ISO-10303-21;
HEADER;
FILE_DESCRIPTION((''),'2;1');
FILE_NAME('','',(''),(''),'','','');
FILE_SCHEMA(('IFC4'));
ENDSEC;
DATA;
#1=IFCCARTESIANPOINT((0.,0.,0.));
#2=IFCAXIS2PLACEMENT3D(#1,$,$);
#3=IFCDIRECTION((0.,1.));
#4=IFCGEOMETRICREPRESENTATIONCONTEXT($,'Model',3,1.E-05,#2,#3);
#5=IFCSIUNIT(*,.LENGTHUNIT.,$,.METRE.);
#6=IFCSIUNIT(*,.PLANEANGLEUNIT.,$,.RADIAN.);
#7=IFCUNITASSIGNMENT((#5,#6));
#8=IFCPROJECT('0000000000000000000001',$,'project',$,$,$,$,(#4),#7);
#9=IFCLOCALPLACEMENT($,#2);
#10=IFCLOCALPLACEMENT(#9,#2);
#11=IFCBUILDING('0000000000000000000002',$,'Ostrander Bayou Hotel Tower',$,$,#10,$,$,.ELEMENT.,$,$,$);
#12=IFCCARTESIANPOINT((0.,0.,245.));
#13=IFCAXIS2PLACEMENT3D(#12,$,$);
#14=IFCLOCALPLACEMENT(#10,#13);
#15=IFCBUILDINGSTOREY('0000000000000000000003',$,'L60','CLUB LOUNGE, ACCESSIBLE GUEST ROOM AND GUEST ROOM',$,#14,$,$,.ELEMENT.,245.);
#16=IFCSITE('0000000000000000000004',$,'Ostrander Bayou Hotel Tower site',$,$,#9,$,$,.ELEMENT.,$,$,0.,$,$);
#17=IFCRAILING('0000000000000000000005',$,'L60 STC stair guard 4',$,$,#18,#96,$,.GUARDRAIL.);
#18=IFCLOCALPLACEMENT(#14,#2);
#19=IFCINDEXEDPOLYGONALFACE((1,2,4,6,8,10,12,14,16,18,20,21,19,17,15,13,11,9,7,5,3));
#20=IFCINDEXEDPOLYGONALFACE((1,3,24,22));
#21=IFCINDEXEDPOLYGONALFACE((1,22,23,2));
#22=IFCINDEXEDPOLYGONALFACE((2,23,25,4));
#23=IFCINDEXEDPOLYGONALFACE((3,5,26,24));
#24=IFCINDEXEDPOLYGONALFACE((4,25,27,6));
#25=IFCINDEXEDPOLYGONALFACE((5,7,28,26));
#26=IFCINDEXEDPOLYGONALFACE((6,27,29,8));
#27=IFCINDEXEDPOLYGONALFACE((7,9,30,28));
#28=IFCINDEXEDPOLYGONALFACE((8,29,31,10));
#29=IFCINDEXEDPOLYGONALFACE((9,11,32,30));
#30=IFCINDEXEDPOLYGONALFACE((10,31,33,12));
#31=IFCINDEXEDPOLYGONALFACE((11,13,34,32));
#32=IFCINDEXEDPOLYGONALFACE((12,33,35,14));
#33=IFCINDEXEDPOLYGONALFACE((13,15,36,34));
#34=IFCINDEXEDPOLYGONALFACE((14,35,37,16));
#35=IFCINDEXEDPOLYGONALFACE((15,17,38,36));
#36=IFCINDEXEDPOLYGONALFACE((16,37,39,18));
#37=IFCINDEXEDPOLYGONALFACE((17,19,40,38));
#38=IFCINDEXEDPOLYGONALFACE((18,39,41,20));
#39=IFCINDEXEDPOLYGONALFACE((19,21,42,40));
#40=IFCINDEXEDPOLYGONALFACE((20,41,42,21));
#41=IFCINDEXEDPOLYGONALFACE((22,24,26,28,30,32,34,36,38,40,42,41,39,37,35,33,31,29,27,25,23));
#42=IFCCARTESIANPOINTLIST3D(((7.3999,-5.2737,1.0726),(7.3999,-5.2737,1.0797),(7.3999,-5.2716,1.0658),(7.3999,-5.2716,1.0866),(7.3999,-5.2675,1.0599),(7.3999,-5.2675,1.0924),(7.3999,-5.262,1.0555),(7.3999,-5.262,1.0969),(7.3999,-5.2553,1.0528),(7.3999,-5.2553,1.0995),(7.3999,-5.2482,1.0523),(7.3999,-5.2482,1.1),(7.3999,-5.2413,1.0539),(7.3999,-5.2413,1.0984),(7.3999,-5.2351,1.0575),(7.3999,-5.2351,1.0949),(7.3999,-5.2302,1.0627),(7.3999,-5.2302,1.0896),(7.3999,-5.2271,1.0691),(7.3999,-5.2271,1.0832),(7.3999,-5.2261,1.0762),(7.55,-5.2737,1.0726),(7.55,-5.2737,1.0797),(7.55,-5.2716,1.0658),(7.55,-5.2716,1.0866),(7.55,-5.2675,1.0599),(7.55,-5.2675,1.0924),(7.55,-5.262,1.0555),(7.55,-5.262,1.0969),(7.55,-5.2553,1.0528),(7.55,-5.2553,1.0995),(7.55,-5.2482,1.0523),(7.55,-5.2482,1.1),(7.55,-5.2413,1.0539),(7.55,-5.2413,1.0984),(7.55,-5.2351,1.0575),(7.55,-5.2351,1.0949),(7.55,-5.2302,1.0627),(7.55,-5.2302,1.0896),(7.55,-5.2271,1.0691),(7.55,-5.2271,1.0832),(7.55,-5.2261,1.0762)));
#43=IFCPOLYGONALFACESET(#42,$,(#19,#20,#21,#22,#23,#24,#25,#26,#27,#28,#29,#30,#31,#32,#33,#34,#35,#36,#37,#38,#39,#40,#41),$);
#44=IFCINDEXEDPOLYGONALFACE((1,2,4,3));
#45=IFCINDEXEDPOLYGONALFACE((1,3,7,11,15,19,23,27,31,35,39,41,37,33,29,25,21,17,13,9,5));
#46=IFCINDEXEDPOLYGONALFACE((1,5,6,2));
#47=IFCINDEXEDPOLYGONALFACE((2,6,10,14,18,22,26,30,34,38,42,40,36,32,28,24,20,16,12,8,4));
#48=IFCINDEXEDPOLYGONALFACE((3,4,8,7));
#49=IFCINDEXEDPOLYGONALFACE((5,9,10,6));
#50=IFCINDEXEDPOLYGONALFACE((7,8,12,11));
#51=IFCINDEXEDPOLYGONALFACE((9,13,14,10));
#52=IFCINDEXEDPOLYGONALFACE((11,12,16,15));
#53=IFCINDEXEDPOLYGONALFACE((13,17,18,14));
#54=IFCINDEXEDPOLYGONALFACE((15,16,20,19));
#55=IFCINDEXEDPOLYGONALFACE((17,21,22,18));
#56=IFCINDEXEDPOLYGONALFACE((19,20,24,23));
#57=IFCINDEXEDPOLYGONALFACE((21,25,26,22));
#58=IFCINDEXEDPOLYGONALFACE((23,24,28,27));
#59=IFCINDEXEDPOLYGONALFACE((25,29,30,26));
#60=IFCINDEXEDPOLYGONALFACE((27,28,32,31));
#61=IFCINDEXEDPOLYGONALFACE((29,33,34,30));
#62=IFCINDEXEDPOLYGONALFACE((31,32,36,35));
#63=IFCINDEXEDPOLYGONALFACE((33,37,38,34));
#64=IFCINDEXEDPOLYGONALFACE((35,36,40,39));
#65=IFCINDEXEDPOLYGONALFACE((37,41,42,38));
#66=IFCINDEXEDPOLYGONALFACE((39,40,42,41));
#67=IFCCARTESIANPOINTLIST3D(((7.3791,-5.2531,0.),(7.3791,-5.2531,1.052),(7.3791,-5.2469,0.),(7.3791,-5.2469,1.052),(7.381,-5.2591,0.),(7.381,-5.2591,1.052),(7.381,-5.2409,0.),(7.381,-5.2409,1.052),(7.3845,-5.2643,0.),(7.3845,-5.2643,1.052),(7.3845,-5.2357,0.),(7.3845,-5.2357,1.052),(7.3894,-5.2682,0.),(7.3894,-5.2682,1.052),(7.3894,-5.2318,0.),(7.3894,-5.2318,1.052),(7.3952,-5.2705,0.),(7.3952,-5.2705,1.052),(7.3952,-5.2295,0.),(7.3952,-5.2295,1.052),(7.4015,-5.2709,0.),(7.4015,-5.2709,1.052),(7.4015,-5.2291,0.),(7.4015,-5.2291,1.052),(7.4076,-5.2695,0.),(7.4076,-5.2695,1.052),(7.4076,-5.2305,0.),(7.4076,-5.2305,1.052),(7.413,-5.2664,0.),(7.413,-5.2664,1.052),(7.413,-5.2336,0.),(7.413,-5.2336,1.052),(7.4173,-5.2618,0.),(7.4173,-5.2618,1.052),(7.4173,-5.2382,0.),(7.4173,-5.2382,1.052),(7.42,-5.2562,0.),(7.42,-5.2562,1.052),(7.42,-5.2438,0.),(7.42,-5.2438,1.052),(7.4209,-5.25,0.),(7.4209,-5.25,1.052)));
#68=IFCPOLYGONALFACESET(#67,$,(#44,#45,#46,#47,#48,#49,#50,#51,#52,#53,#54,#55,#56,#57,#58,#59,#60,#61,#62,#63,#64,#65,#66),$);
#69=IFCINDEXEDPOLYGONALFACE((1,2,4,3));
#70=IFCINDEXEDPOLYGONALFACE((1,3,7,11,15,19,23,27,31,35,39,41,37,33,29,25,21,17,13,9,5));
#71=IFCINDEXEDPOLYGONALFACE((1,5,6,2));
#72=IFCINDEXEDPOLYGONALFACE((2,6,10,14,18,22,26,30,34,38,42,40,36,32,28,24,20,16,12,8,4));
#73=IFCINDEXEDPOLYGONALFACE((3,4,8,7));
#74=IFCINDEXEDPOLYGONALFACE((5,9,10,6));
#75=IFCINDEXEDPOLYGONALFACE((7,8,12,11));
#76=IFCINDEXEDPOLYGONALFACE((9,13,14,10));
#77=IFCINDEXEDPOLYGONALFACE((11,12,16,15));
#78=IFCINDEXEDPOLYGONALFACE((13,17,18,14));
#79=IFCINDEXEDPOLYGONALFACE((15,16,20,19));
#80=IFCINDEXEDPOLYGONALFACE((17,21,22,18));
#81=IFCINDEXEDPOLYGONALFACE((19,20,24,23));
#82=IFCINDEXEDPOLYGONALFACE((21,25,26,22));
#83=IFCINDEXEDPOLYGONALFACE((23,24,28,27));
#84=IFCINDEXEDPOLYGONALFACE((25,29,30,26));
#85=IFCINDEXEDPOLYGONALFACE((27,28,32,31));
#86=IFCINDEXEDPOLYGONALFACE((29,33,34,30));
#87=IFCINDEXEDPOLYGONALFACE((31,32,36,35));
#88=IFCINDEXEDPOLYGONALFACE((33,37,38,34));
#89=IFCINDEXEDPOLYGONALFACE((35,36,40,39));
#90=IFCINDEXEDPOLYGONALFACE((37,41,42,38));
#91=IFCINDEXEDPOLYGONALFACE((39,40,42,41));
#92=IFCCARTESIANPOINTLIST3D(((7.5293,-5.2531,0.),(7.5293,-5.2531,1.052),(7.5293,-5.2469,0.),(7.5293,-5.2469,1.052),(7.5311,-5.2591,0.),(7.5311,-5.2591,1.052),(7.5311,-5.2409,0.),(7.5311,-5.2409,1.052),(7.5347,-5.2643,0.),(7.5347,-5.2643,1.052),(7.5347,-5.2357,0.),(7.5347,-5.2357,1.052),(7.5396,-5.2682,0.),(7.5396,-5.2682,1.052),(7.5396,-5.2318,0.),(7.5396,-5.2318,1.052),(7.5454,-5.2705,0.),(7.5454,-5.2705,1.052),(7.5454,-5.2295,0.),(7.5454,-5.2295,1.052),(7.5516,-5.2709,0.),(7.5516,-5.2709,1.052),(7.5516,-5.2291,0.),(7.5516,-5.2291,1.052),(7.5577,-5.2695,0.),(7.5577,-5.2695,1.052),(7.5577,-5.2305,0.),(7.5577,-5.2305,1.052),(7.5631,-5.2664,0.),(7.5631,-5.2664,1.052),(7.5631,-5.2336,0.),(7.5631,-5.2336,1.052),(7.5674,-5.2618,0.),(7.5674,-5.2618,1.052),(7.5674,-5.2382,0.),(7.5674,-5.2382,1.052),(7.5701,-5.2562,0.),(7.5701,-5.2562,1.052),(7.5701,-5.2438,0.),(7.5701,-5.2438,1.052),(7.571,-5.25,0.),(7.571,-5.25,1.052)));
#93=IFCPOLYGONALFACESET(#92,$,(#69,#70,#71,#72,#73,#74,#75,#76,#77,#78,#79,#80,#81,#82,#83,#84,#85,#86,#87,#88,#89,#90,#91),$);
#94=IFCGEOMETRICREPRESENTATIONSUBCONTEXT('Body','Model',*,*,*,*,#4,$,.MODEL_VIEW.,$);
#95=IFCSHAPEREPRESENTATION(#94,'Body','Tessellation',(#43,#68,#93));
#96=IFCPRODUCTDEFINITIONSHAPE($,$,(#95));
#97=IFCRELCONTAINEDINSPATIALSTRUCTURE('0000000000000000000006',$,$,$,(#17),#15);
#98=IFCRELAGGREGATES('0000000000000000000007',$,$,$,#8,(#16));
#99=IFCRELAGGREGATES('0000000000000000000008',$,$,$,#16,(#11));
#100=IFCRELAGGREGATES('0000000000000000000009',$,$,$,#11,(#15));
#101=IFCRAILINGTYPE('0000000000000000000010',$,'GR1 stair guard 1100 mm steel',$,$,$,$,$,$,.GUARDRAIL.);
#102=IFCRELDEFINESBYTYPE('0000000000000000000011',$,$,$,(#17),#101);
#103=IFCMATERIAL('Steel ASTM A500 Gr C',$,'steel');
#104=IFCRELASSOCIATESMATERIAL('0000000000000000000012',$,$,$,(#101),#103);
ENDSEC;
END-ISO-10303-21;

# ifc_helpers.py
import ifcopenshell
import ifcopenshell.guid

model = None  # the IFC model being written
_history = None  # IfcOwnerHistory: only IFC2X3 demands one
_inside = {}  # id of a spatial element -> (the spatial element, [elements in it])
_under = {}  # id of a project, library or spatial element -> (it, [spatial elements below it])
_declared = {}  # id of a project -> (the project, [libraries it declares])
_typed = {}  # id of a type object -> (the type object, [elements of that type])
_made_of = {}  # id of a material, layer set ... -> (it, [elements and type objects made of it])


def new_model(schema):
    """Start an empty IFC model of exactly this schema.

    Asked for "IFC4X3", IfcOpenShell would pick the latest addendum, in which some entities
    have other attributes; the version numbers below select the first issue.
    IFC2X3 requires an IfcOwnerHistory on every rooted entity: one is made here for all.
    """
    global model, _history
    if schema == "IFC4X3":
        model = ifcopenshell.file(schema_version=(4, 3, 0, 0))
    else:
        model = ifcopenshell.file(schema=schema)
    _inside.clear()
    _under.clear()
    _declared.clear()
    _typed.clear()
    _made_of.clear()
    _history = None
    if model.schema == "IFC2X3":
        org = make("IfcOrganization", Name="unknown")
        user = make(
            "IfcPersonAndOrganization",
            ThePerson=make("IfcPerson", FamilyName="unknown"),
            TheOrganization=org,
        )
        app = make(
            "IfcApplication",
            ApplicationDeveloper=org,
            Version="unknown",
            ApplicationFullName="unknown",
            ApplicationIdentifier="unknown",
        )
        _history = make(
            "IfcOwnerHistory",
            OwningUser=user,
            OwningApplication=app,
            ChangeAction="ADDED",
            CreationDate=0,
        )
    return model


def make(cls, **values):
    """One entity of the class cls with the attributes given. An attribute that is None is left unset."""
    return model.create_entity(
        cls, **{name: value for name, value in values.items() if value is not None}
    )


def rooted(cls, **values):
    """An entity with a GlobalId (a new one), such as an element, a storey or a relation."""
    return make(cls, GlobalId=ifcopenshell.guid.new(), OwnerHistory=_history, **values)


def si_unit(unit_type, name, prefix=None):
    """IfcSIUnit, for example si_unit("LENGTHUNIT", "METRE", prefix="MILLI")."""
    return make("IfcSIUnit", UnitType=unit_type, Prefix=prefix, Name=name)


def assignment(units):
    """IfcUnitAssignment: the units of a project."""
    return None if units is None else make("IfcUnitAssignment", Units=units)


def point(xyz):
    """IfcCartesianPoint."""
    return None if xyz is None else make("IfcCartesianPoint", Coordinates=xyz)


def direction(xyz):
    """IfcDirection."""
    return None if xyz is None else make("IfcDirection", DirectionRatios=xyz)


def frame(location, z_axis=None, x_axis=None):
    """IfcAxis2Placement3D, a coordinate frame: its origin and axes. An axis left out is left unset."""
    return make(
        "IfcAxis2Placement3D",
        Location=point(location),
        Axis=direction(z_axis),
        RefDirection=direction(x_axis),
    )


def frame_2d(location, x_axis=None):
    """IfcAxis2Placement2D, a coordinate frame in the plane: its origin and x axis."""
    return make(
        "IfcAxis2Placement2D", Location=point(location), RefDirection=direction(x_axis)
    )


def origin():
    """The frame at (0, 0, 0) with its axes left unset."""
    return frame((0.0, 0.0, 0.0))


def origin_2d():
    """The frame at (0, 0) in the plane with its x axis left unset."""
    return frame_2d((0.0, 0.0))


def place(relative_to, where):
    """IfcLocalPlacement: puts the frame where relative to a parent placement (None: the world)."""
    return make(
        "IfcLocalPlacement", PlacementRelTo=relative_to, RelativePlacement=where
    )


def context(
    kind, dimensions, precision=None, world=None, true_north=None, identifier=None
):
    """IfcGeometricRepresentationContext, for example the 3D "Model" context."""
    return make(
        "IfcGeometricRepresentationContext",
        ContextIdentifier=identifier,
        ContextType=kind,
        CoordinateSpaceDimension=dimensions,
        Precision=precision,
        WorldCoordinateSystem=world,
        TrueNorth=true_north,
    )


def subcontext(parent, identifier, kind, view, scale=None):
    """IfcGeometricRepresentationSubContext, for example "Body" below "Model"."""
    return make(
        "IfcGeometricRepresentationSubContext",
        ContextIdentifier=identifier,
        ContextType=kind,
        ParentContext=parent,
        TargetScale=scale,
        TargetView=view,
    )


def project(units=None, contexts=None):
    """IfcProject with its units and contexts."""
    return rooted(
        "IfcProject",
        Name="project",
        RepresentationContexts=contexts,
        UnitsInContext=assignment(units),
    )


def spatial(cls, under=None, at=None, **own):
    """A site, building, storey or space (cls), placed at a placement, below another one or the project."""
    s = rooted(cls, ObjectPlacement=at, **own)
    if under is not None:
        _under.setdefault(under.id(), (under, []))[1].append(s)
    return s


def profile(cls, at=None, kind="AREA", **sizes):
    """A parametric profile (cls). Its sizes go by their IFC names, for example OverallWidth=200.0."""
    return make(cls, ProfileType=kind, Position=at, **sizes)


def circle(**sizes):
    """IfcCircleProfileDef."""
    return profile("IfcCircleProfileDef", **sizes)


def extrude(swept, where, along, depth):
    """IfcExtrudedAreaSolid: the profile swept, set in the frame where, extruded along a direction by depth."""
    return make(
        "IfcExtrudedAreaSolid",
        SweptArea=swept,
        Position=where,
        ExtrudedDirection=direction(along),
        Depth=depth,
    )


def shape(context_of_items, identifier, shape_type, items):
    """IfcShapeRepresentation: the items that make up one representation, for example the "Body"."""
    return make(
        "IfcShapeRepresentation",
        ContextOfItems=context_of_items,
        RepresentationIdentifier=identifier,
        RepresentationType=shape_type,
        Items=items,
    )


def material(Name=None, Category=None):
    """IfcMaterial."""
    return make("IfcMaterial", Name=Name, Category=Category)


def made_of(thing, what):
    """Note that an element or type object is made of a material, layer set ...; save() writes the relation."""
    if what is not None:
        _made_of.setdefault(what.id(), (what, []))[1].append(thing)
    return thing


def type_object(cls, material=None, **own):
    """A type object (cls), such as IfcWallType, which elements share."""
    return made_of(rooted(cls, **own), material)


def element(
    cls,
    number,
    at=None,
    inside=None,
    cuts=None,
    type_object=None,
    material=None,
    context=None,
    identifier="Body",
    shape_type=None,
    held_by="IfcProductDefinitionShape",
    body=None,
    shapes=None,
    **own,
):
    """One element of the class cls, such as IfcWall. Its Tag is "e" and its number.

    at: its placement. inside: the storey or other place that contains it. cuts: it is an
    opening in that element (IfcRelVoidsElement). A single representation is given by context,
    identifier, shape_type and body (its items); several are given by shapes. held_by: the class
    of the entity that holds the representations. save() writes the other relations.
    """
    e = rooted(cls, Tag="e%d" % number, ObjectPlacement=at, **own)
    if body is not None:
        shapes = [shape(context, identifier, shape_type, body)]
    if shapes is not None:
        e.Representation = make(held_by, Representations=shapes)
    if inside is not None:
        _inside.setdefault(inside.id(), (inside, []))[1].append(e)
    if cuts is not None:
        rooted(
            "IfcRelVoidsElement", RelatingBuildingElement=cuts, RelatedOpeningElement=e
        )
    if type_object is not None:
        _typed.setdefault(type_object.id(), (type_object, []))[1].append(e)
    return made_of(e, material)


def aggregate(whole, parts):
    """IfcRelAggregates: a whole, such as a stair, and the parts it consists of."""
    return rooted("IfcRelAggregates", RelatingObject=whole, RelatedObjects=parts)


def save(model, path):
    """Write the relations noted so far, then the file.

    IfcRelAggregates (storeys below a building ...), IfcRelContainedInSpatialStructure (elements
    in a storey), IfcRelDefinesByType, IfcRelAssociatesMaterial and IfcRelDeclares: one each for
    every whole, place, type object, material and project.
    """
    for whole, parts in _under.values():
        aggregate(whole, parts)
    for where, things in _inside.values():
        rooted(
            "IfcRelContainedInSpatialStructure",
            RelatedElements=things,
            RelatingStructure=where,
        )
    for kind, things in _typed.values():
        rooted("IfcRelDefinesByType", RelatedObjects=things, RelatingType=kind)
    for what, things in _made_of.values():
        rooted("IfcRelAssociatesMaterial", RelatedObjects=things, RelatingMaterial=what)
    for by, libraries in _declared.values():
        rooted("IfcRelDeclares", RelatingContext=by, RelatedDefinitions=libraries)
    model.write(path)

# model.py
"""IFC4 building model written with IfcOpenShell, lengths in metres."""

from ifc_helpers import new_model, si_unit, direction, frame, origin, origin_2d, place, context, subcontext, project, spatial, circle, extrude, material, type_object, element, save


model = new_model("IFC4")

# Units and contexts
model_context = context("Model", 3, precision=1e-05, world=origin(), true_north=direction((0.0, 1.0)))
body_context = subcontext(model_context, "Body", "Model", "MODEL_VIEW")
ifc_project = project(units=[si_unit("LENGTHUNIT", "METRE"), si_unit("PLANEANGLEUNIT", "RADIAN")], contexts=[model_context])

# Site, building, storey
site_placement = place(None, origin())
site = spatial("IfcSite", under=ifc_project, at=site_placement, Name="Ostrander Bayou Hotel Tower site", CompositionType="ELEMENT", RefElevation=0.0)
building_placement = place(site_placement, origin())
building = spatial("IfcBuilding", under=site, at=building_placement, Name="Ostrander Bayou Hotel Tower", CompositionType="ELEMENT")
storey_placement = place(building_placement, frame((0.0, 0.0, 245.0)))
storey = spatial("IfcBuildingStorey", under=building, at=storey_placement, Name="L60", Description="CLUB LOUNGE, ACCESSIBLE GUEST ROOM AND GUEST ROOM", CompositionType="ELEMENT", Elevation=245.0)

# Railing
ifc_material_1 = material(Name="Steel ASTM A500 Gr C", Category="steel")
railing_type_1 = type_object("IfcRailingType", Name="GR1 stair guard 1100 mm steel", PredefinedType="GUARDRAIL", material=ifc_material_1)
railing_1_placement = place(storey_placement, frame((7.3999, -5.25, 0.0)))
element("IfcRailing", 1, at=railing_1_placement, inside=storey, type_object=railing_type_1, Name="L60 STC stair guard 4", PredefinedType="GUARDRAIL", context=body_context, shape_type="SweptSolid", body=[
    extrude(circle(Radius=0.0239, at=origin_2d()), frame((0.0, 0.0, 1.0762), z_axis=(1.0, 0.0, 0.0), x_axis=(0.0, 1.0, 0.0)), (0.0, 0.0, 1.0), 0.1501),
    extrude(circle(Radius=0.021, at=origin_2d()), origin(), (0.0, 0.0, 1.0), 1.052),
    extrude(circle(Radius=0.021, at=origin_2d()), frame((0.1501, 0.0, 0.0)), (0.0, 0.0, 1.0), 1.052),
])

save(model, "model.ifc")
